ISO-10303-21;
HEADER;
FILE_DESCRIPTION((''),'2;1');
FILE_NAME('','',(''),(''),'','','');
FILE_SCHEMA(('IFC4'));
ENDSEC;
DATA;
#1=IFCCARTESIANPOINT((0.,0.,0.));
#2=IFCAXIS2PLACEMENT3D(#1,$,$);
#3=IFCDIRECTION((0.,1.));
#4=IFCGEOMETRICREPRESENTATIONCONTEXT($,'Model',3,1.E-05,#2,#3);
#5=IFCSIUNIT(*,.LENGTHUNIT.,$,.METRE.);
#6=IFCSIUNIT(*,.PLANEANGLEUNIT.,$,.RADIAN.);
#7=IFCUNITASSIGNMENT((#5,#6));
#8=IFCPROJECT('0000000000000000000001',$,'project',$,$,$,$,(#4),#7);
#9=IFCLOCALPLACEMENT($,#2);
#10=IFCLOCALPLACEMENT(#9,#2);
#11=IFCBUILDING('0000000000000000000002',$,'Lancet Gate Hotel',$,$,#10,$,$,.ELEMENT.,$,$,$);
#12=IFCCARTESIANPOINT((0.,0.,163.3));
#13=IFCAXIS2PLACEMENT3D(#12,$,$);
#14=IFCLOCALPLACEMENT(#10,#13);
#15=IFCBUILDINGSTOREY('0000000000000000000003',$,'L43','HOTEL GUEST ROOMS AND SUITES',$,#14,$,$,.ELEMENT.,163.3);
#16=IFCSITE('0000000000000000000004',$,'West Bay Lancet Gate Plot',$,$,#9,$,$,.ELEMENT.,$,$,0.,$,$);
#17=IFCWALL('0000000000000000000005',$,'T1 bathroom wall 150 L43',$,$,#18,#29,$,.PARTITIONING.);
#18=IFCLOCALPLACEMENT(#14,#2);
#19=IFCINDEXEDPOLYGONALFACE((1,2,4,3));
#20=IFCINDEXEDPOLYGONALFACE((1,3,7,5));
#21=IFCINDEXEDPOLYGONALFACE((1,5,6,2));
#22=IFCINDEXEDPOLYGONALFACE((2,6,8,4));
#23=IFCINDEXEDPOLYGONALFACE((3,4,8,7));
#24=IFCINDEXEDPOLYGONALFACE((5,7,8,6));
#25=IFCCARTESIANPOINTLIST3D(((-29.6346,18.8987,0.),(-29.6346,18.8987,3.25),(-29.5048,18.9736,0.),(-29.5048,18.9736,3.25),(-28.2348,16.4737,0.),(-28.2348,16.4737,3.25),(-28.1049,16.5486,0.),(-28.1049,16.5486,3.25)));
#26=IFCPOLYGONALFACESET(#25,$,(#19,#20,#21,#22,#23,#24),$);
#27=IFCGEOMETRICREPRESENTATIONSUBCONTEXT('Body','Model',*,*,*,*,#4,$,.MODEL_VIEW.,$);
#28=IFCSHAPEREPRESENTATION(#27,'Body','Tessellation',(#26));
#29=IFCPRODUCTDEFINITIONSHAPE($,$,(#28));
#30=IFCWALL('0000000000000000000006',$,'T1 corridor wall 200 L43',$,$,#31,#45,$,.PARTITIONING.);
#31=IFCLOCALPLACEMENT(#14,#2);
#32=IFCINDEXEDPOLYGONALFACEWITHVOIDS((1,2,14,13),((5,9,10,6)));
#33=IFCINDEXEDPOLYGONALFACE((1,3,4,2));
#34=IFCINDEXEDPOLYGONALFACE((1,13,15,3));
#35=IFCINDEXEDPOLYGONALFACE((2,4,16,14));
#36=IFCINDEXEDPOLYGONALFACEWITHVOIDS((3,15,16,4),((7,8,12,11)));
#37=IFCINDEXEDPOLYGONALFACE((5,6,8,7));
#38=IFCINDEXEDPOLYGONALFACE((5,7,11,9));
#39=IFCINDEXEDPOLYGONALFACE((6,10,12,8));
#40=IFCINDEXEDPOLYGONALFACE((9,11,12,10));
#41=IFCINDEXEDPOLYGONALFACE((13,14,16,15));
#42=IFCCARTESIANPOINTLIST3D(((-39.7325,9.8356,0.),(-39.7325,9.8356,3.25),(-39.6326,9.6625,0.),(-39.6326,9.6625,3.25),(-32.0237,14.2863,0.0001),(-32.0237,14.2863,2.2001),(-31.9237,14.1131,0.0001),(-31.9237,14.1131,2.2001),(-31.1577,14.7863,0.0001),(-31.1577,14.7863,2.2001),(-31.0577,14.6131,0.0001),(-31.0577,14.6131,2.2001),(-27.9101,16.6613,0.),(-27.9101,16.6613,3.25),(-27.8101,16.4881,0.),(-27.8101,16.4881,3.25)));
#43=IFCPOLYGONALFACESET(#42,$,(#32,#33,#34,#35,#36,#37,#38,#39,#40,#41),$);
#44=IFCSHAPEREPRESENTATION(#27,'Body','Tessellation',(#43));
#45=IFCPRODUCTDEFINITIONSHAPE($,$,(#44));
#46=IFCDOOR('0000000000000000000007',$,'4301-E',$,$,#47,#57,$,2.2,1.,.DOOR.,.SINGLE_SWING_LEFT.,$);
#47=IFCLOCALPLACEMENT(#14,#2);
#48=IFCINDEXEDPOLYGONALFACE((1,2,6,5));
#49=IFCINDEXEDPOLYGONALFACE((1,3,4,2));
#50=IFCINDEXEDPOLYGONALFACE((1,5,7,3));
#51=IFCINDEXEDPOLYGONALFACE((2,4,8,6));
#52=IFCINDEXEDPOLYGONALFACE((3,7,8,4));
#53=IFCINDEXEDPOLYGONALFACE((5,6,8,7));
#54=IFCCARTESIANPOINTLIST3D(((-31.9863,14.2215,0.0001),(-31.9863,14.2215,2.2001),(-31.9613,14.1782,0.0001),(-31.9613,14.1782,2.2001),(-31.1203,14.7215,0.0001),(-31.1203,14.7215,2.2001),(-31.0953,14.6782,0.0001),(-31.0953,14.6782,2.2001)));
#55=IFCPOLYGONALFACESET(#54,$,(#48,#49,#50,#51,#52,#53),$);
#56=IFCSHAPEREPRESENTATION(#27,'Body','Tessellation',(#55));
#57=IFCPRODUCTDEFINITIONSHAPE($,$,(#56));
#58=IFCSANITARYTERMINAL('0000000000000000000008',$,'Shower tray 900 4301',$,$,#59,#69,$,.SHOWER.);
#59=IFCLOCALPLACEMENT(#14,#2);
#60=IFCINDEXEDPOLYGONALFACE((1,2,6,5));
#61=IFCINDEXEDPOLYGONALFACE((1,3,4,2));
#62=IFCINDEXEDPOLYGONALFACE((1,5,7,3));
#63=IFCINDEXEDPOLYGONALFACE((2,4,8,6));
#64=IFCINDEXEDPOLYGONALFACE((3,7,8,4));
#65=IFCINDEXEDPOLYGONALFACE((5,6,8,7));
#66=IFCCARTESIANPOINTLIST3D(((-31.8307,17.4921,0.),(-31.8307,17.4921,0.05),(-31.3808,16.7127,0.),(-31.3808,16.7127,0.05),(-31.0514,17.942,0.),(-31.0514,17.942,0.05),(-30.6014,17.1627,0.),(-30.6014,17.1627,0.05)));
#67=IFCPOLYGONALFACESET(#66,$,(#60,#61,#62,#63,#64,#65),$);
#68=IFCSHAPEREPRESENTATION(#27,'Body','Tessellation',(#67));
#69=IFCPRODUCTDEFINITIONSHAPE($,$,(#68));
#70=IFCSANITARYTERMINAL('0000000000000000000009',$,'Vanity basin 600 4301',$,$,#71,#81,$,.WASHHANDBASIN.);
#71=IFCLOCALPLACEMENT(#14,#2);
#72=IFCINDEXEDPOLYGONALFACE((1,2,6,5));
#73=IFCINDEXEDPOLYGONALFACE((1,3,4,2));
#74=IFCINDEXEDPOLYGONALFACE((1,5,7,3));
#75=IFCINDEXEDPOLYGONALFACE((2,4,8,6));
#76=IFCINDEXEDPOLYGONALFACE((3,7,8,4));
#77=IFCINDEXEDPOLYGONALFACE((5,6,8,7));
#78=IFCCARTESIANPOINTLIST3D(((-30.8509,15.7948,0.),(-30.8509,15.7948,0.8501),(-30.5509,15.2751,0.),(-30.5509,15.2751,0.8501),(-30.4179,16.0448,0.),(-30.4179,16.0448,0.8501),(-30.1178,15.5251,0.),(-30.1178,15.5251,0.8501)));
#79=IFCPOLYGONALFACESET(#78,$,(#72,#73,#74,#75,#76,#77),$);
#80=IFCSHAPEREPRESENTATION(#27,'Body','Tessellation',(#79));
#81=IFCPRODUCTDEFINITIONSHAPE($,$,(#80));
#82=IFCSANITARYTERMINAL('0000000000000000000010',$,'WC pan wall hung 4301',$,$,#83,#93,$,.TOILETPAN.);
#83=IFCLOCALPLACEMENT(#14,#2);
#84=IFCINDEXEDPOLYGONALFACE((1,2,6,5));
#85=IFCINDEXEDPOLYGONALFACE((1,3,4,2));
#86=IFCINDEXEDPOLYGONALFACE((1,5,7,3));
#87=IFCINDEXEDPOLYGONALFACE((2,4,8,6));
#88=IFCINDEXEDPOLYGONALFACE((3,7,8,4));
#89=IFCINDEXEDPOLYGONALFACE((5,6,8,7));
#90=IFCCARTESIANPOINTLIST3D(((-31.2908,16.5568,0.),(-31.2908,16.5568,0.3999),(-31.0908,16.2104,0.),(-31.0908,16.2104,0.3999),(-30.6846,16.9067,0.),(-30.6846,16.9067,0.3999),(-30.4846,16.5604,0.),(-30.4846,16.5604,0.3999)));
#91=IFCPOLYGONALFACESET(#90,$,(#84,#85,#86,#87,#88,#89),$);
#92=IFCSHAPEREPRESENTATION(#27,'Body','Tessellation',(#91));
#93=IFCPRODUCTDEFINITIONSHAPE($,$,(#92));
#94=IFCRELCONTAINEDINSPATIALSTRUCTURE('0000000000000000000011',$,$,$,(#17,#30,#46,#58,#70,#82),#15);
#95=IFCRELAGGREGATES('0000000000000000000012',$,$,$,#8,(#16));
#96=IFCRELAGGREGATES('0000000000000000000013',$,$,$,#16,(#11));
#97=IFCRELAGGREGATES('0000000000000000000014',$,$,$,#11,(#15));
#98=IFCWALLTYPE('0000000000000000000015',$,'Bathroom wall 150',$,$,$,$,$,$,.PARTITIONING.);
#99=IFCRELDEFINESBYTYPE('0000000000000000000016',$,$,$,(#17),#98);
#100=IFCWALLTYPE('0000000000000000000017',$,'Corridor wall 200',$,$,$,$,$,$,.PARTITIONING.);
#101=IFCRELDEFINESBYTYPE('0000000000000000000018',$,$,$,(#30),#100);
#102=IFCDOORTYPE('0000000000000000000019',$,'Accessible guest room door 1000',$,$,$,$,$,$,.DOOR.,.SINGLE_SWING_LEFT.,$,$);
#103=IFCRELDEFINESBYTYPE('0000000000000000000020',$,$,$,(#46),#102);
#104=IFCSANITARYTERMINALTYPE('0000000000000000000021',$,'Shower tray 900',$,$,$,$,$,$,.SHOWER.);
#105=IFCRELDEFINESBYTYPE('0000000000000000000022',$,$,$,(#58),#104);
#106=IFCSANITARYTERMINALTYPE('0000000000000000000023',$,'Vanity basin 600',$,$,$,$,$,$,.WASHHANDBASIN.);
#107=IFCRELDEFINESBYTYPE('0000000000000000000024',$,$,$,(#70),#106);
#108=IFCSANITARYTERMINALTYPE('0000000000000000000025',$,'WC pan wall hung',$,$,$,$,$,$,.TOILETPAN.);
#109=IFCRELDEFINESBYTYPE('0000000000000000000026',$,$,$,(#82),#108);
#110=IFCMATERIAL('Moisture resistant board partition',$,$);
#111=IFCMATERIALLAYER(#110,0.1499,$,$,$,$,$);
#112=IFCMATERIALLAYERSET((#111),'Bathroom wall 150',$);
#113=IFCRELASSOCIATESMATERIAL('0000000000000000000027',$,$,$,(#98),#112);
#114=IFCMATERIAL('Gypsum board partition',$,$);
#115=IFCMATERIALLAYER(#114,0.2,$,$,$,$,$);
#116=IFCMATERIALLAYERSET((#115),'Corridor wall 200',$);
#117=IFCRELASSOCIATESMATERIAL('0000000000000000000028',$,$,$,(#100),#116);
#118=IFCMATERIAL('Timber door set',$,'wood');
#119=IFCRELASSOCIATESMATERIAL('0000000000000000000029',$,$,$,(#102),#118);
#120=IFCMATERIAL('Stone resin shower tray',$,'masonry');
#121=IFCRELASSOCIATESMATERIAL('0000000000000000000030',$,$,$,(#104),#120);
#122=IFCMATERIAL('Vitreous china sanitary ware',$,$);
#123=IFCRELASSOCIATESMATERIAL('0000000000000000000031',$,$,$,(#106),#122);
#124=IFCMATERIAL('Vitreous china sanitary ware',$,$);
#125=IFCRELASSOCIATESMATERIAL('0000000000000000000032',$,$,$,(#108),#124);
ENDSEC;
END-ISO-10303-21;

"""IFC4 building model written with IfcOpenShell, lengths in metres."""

from ifc_helpers import new_model, si_unit, direction, frame, frame_2d, origin, origin_2d, place, context, subcontext, project, spatial, rectangle, extrude, material, layer, layer_set, type_object, element, fill, save


model = new_model("IFC4")

# Units and contexts
model_context = context("Model", 3, precision=1e-05, world=origin(), true_north=direction((0.0, 1.0)))
body_context = subcontext(model_context, "Body", "Model", "MODEL_VIEW")
ifc_project = project(units=[si_unit("LENGTHUNIT", "METRE"), si_unit("PLANEANGLEUNIT", "RADIAN")], contexts=[model_context])

# Site, building, storey
site_placement = place(None, origin())
site = spatial("IfcSite", under=ifc_project, at=site_placement, Name="West Bay Lancet Gate Plot", CompositionType="ELEMENT", RefElevation=0.0)
building_placement = place(site_placement, origin())
building = spatial("IfcBuilding", under=site, at=building_placement, Name="Lancet Gate Hotel", CompositionType="ELEMENT")
storey_placement = place(building_placement, frame((0.0, 0.0, 163.3)))
storey = spatial("IfcBuildingStorey", under=building, at=storey_placement, Name="L43", Description="HOTEL GUEST ROOMS AND SUITES", CompositionType="ELEMENT", Elevation=163.3)

# Wall
ifc_material_1 = material(Name="Moisture resistant board partition")
ifc_layer_1 = layer(ifc_material_1, 0.1499)
ifc_layer_set_1 = layer_set([ifc_layer_1], Name="Bathroom wall 150")
wall_type_1 = type_object("IfcWallType", Name="Bathroom wall 150", PredefinedType="PARTITIONING", material=ifc_layer_set_1)
wall_1_placement = place(storey_placement, frame((-28.1699, 16.5112, 0.0), z_axis=(0.0, 0.0, 1.0), x_axis=(-0.499946, 0.866056, 0.0)))
element("IfcWall", 1, at=wall_1_placement, inside=storey, type_object=wall_type_1, Name="T1 bathroom wall 150 L43", PredefinedType="PARTITIONING", context=body_context, shape_type="SweptSolid", body=[
    extrude(rectangle(XDim=2.8, YDim=0.1499, at=frame_2d((1.3999, 0.0))), origin(), (0.0, 0.0, 1.0), 3.25),
])

# Wall, opening, door
ifc_material_2 = material(Name="Gypsum board partition")
ifc_layer_2 = layer(ifc_material_2, 0.2)
ifc_layer_set_2 = layer_set([ifc_layer_2], Name="Corridor wall 200")
wall_type_2 = type_object("IfcWallType", Name="Corridor wall 200", PredefinedType="PARTITIONING", material=ifc_layer_set_2)
wall_2_placement = place(storey_placement, frame((-27.8601, 16.5747, 0.0), z_axis=(0.0, 0.0, 1.0), x_axis=(-0.866027, -0.499997, 0.0)))
wall_2 = element("IfcWall", 2, at=wall_2_placement, inside=storey, type_object=wall_type_2, Name="T1 corridor wall 200 L43", PredefinedType="PARTITIONING", context=body_context, shape_type="SweptSolid", body=[
    extrude(rectangle(XDim=13.6514, YDim=0.2, at=frame_2d((6.8257, 0.0))), origin(), (0.0, 0.0, 1.0), 3.25),
])
opening_placement = place(wall_2_placement, frame((3.75, 0.0, 0.0)))
opening = element("IfcOpeningElement", 3, at=opening_placement, cuts=wall_2, PredefinedType="OPENING", context=body_context, shape_type="SweptSolid", body=[
    extrude(rectangle(XDim=1.0, YDim=2.2, at=frame_2d((0.5, 1.1001))), frame((0.0, 0.1099, 0.0), z_axis=(0.0, -1.0, 0.0), x_axis=(1.0, 0.0, 0.0)), (0.0, 0.0, 1.0), 0.22),
])
ifc_material_3 = material(Name="Timber door set", Category="wood")
door_type = type_object("IfcDoorType", Name="Accessible guest room door 1000", OperationType="SINGLE_SWING_LEFT", PredefinedType="DOOR", material=ifc_material_3)
door_placement = place(opening_placement, origin())
door = element("IfcDoor", 4, at=door_placement, inside=storey, type_object=door_type, Name="4301-E", OperationType="SINGLE_SWING_LEFT", OverallHeight=2.2, OverallWidth=1.0, PredefinedType="DOOR", context=body_context, shape_type="SweptSolid", body=[
    extrude(rectangle(XDim=1.0, YDim=2.2, at=frame_2d((0.5, 1.1001))), frame((0.0, 0.0249, 0.0), z_axis=(0.0, -1.0, 0.0), x_axis=(1.0, 0.0, 0.0)), (0.0, 0.0, 1.0), 0.05),
])
fill(opening, door)

# Sanitary terminals
ifc_material_4 = material(Name="Stone resin shower tray", Category="masonry")
sanitary_terminal_type_1 = type_object("IfcSanitaryTerminalType", Name="Shower tray 900", PredefinedType="SHOWER", material=ifc_material_4)
sanitary_terminal_1_placement = place(storey_placement, frame((-31.2161, 17.3274, 0.0), z_axis=(0.0, 0.0, 1.0), x_axis=(-0.5, 0.866025, 0.0)))
element("IfcSanitaryTerminal", 5, at=sanitary_terminal_1_placement, inside=storey, type_object=sanitary_terminal_type_1, Name="Shower tray 900 4301", PredefinedType="SHOWER", context=body_context, shape_type="SweptSolid", body=[
    extrude(rectangle(XDim=0.8999, YDim=0.8999, at=origin_2d()), origin(), (0.0, 0.0, 1.0), 0.05),
])
ifc_material_5 = material(Name="Vitreous china sanitary ware")
sanitary_terminal_type_2 = type_object("IfcSanitaryTerminalType", Name="Vanity basin 600", PredefinedType="WASHHANDBASIN", material=ifc_material_5)
sanitary_terminal_2_placement = place(storey_placement, frame((-30.4844, 15.6599, 0.0), z_axis=(0.0, 0.0, 1.0), x_axis=(-0.5, 0.866025, 0.0)))
element("IfcSanitaryTerminal", 6, at=sanitary_terminal_2_placement, inside=storey, type_object=sanitary_terminal_type_2, Name="Vanity basin 600 4301", PredefinedType="WASHHANDBASIN", context=body_context, shape_type="SweptSolid", body=[
    extrude(rectangle(XDim=0.6001, YDim=0.5, at=origin_2d()), origin(), (0.0, 0.0, 1.0), 0.8501),
])
ifc_material_6 = material(Name="Vitreous china sanitary ware")
sanitary_terminal_type_3 = type_object("IfcSanitaryTerminalType", Name="WC pan wall hung", PredefinedType="TOILETPAN", material=ifc_material_6)
sanitary_terminal_3_placement = place(storey_placement, frame((-30.8877, 16.5586, 0.0), z_axis=(0.0, 0.0, 1.0), x_axis=(-0.5, 0.866025, 0.0)))
element("IfcSanitaryTerminal", 7, at=sanitary_terminal_3_placement, inside=storey, type_object=sanitary_terminal_type_3, Name="WC pan wall hung 4301", PredefinedType="TOILETPAN", context=body_context, shape_type="SweptSolid", body=[
    extrude(rectangle(XDim=0.3999, YDim=0.7, at=origin_2d()), origin(), (0.0, 0.0, 1.0), 0.3999),
])

save(model, "model.ifc")
